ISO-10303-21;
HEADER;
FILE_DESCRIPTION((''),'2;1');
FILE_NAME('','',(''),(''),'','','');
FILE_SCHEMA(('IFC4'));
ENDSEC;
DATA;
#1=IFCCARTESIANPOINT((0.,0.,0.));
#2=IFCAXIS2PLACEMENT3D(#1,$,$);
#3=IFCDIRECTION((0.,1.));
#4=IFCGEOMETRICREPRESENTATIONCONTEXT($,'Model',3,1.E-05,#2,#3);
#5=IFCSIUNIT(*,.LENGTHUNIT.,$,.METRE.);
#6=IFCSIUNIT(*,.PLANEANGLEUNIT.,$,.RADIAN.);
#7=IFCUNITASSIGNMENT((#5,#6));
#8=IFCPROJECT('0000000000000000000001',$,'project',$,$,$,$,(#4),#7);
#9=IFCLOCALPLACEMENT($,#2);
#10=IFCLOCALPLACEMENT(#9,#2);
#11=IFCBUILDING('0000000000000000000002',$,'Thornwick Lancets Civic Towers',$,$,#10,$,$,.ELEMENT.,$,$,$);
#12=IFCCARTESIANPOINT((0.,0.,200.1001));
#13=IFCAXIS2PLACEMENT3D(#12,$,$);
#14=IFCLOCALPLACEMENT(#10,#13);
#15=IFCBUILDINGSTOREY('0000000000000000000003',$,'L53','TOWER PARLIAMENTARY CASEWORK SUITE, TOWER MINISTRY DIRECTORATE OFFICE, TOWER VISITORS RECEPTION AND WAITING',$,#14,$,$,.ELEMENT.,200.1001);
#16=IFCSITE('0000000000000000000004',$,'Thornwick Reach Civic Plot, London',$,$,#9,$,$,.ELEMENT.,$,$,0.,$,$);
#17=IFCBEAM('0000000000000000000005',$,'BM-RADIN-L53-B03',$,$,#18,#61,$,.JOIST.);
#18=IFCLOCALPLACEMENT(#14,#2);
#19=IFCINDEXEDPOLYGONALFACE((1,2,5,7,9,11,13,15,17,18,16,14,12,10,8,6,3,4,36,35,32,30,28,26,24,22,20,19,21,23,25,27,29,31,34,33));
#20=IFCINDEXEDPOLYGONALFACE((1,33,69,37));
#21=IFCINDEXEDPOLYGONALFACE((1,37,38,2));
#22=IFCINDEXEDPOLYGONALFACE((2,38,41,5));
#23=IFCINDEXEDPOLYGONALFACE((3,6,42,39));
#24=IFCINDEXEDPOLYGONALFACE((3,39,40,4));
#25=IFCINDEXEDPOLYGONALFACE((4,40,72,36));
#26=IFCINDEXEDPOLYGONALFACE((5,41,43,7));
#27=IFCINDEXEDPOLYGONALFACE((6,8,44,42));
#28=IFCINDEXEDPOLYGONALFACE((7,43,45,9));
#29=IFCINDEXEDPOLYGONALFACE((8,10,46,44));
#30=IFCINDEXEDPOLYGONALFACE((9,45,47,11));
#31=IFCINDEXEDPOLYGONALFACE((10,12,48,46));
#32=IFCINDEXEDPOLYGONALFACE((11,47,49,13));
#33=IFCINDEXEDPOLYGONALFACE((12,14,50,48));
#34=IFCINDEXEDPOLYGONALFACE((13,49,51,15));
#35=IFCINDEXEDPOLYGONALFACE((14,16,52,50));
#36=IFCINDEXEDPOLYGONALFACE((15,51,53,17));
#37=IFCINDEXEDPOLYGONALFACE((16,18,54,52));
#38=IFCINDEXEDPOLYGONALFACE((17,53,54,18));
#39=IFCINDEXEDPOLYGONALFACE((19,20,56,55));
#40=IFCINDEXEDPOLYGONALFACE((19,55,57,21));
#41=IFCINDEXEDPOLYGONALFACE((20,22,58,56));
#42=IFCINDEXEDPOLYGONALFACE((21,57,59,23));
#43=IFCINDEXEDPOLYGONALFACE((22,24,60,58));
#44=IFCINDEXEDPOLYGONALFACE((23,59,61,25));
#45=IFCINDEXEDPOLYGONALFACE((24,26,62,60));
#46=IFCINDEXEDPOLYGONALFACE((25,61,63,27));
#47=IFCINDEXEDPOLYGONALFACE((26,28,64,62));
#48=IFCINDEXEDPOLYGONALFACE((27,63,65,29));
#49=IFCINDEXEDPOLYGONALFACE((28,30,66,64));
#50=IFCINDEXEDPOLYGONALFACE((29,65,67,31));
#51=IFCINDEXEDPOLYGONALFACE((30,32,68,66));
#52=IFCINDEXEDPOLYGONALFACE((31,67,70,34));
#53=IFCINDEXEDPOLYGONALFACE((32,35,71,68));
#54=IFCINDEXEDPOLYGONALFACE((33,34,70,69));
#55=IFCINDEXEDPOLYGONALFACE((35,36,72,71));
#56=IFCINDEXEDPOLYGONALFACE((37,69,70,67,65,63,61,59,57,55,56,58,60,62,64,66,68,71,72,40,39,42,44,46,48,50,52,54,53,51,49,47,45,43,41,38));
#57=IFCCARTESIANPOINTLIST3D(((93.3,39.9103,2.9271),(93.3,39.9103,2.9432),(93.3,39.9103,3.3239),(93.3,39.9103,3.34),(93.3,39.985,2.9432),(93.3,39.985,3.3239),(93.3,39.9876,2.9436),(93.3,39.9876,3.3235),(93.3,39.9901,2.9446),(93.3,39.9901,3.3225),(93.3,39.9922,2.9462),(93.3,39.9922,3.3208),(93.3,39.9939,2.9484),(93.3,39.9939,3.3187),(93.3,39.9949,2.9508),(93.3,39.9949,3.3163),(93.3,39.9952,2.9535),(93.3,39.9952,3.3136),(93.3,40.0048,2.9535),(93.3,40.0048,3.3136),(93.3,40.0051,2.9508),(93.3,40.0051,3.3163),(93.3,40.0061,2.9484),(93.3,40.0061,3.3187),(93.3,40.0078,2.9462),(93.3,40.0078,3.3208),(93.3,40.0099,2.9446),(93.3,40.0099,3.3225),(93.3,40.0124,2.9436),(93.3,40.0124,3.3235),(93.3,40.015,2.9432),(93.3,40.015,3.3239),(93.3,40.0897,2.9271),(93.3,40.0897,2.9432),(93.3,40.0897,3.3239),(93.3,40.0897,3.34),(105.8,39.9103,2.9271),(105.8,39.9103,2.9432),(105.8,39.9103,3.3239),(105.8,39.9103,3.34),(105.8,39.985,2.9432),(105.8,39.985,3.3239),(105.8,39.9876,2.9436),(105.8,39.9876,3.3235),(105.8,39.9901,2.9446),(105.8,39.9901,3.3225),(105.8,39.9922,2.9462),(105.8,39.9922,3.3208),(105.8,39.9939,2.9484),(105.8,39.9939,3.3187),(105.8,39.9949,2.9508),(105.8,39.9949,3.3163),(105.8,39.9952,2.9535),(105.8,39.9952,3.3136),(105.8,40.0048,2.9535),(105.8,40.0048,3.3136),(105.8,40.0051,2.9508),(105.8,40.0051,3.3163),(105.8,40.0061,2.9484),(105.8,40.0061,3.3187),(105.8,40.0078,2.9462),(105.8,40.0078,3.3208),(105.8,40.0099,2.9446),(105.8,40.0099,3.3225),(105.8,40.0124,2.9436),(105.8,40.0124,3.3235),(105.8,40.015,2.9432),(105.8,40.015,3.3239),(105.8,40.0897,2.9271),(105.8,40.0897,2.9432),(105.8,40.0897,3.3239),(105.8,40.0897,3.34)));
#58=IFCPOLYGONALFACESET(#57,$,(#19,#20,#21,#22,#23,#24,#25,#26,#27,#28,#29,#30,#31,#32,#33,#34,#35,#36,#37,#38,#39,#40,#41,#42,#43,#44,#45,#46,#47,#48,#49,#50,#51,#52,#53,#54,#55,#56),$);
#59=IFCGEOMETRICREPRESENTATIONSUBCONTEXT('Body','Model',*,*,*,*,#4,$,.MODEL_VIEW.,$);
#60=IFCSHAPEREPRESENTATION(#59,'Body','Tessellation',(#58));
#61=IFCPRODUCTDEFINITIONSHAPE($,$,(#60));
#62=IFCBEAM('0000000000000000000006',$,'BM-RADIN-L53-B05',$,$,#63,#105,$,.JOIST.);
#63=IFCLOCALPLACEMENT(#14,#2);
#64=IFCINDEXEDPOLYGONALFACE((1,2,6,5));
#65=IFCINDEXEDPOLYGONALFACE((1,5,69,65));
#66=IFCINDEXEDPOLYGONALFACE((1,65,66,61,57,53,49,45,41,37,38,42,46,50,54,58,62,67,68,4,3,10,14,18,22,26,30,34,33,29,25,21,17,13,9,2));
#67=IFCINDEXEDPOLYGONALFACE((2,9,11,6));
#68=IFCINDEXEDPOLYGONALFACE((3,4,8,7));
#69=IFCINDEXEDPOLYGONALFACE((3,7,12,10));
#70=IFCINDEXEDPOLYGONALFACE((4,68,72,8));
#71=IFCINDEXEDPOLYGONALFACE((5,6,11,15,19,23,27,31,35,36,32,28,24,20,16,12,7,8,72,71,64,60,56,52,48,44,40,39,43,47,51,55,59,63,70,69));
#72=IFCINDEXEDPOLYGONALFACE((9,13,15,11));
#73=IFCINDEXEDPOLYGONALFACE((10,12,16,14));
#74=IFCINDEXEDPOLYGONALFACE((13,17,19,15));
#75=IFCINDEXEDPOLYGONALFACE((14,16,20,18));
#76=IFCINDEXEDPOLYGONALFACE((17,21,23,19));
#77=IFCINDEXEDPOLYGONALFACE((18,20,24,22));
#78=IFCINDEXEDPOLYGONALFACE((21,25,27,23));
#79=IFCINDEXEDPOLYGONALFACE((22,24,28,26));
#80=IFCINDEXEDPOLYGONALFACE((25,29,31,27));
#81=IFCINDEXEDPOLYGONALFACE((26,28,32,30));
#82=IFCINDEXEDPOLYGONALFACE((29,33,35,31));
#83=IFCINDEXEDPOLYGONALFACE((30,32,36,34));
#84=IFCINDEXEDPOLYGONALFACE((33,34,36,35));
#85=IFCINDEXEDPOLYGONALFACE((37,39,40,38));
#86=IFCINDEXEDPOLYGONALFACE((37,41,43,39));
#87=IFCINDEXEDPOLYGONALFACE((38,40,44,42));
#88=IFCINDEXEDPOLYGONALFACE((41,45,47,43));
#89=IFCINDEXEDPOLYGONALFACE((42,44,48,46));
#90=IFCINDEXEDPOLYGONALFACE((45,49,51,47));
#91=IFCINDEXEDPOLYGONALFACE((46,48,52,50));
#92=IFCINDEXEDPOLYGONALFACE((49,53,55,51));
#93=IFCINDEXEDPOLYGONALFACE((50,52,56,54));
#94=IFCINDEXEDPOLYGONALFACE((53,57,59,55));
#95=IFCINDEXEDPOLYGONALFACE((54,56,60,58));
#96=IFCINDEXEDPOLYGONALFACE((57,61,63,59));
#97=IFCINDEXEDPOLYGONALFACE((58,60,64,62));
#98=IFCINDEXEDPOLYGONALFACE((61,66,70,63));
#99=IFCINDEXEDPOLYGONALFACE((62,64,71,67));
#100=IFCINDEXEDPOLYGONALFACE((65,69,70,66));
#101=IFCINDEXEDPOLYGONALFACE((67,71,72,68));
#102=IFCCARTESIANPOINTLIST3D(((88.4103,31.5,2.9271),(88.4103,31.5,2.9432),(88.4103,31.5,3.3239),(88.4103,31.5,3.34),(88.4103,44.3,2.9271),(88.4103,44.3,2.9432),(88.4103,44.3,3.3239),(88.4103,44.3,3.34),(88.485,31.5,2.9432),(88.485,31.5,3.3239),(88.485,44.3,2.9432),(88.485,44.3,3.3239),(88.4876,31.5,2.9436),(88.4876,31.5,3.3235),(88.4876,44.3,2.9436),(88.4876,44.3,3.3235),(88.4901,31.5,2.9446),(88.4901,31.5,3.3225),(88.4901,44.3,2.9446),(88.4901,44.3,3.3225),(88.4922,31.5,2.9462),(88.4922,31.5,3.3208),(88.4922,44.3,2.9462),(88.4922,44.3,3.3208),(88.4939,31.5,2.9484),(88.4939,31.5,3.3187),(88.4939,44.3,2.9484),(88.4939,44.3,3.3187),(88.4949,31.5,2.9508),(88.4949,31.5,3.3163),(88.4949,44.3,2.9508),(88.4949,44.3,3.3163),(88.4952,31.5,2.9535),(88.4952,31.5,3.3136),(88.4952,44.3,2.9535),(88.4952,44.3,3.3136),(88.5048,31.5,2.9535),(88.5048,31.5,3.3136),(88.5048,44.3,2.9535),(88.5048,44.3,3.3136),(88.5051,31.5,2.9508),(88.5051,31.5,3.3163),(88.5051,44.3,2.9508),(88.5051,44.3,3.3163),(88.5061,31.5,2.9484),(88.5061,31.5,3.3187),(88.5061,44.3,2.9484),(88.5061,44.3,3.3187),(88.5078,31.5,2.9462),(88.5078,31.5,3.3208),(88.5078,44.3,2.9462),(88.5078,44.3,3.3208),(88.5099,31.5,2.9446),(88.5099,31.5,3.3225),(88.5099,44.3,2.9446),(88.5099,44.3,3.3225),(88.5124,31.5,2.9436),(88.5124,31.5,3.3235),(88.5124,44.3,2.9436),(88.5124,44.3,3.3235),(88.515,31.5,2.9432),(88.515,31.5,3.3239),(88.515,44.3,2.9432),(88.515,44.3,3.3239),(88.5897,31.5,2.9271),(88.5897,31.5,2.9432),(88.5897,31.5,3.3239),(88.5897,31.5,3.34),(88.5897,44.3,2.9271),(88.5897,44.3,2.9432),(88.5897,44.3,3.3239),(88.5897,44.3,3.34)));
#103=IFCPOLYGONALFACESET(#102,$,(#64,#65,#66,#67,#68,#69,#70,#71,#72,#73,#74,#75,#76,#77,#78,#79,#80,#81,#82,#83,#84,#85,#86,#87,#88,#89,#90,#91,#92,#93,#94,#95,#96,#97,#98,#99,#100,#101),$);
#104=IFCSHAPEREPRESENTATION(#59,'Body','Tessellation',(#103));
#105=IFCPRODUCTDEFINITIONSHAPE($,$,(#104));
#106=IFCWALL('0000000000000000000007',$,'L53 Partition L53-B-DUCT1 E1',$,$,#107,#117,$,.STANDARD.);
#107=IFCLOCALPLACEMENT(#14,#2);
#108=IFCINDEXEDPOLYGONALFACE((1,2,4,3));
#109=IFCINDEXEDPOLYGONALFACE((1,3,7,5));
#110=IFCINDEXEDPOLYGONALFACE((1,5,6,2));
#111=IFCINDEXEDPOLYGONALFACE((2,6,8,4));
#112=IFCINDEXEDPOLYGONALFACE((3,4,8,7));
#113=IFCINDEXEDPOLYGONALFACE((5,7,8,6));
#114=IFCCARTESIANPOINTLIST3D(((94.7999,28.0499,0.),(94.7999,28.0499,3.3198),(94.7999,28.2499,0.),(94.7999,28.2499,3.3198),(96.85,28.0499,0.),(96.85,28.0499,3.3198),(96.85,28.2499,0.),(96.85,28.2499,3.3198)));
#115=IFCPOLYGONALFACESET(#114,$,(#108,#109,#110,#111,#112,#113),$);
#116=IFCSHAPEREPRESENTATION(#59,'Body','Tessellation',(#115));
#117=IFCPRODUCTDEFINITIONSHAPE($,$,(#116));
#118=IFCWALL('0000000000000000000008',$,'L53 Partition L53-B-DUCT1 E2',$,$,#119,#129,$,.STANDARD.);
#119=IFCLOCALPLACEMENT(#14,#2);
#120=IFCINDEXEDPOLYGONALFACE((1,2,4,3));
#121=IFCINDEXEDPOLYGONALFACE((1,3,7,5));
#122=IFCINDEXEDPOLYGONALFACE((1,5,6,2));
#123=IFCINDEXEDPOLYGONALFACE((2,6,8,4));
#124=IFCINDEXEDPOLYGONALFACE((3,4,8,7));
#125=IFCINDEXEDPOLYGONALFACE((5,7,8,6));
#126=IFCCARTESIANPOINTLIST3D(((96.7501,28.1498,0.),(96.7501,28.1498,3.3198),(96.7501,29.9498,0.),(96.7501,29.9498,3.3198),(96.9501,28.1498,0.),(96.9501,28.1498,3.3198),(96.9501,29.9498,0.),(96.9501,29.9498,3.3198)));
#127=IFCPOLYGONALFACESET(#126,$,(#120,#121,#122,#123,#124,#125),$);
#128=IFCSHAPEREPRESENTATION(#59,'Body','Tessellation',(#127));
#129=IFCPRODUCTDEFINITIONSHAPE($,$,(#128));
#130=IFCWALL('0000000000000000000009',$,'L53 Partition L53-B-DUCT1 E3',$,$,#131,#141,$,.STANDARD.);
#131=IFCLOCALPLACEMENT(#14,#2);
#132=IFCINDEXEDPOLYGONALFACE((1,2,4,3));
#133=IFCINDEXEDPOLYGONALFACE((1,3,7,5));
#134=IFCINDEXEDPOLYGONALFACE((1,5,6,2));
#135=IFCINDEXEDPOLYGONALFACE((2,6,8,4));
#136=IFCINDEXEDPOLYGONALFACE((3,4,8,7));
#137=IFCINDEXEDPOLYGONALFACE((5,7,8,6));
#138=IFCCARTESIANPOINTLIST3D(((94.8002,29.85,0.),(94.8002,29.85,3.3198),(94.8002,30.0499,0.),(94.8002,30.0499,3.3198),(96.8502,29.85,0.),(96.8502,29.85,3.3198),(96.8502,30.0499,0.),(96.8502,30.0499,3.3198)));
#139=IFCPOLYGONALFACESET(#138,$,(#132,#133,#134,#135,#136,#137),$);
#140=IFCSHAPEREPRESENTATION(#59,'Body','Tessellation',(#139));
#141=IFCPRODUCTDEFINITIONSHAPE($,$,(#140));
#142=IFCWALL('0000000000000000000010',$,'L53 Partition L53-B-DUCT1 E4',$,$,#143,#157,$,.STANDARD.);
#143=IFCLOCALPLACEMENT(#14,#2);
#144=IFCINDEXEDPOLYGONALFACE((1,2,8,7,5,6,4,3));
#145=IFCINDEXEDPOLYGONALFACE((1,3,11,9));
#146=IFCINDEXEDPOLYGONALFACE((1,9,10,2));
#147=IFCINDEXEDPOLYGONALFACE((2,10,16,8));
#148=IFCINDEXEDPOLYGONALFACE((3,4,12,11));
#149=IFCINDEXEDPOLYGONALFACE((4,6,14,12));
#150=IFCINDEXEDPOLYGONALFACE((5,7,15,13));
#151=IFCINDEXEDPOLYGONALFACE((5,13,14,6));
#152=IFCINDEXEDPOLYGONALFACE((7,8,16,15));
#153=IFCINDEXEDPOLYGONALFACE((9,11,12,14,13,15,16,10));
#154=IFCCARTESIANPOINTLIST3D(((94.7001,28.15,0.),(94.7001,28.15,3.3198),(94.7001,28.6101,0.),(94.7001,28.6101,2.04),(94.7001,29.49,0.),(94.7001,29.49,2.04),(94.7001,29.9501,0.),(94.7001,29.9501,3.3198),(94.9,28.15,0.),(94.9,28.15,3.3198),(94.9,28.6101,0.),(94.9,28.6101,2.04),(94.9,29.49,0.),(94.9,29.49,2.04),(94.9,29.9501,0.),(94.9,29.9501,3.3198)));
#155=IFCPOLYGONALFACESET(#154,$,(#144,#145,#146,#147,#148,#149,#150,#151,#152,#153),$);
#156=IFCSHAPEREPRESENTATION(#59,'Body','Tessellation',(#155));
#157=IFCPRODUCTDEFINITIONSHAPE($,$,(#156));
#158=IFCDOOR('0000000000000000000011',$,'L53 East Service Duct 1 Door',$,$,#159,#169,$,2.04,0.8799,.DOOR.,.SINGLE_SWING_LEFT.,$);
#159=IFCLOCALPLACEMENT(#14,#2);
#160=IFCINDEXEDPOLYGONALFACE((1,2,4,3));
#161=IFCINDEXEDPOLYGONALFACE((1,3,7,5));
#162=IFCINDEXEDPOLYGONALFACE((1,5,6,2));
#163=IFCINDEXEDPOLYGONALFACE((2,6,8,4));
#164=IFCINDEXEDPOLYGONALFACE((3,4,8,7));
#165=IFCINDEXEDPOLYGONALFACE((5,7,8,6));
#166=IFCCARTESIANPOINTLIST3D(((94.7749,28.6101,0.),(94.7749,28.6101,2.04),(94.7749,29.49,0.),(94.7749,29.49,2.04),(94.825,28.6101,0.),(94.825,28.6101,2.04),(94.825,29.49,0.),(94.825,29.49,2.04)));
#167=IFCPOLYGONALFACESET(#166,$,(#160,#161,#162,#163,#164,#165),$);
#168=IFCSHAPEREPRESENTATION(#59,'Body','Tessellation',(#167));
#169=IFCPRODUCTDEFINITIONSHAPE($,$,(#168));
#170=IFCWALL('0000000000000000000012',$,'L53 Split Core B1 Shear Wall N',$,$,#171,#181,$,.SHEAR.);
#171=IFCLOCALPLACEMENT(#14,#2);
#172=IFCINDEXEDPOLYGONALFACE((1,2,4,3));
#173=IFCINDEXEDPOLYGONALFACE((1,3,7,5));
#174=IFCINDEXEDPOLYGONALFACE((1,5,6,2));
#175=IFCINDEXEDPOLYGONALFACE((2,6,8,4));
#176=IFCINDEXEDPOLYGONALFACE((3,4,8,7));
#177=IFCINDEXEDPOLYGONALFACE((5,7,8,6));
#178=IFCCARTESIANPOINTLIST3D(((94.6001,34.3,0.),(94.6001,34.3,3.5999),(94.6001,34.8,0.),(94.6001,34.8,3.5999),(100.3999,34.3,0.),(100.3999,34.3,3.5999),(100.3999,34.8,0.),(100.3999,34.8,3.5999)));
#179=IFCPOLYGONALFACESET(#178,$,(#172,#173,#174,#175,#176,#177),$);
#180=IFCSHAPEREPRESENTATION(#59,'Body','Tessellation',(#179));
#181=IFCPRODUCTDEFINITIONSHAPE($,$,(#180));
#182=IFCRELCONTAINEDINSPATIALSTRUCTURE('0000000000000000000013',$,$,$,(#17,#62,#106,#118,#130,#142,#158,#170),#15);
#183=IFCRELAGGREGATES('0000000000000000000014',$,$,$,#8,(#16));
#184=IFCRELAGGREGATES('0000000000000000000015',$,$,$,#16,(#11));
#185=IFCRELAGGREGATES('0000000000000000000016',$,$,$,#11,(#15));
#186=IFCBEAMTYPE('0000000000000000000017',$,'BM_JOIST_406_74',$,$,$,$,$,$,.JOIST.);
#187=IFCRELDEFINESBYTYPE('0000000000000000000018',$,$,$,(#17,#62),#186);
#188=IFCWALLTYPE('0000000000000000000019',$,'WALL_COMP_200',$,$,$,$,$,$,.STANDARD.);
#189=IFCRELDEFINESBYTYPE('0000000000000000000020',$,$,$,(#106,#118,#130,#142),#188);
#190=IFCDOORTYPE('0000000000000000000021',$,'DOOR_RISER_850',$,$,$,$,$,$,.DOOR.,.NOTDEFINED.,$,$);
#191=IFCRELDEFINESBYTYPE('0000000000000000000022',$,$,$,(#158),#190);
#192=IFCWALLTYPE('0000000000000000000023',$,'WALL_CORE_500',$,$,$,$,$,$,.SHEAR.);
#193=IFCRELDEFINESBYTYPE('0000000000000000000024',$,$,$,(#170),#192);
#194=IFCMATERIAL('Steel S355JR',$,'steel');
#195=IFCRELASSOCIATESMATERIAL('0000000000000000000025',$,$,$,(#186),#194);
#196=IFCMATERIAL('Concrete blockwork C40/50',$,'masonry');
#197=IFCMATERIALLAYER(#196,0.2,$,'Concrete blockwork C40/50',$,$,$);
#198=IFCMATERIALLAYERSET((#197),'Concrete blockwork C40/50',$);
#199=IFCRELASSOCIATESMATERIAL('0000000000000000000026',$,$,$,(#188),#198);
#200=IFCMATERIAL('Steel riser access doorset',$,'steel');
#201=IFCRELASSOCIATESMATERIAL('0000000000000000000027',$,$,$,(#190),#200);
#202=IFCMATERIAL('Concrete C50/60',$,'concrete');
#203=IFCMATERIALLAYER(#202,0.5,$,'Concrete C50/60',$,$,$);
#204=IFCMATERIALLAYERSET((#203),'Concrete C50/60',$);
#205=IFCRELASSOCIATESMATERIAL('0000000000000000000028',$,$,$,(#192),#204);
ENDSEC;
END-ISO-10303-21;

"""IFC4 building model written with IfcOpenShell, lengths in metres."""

from ifc_helpers import new_model, si_unit, direction, frame, frame_2d, origin, origin_2d, place, context, subcontext, project, spatial, rectangle, i_section, extrude, material, layer, layer_set, material_profile, profile_set, type_object, element, fill, save


model = new_model("IFC4")

# Units and contexts
model_context = context("Model", 3, precision=1e-05, world=origin(), true_north=direction((0.0, 1.0)))
body_context = subcontext(model_context, "Body", "Model", "MODEL_VIEW")
ifc_project = project(units=[si_unit("LENGTHUNIT", "METRE"), si_unit("PLANEANGLEUNIT", "RADIAN")], contexts=[model_context])

# Site, building, storey
site_placement = place(None, origin())
site = spatial("IfcSite", under=ifc_project, at=site_placement, Name="Thornwick Reach Civic Plot, London", CompositionType="ELEMENT", RefElevation=0.0)
building_placement = place(site_placement, origin())
building = spatial("IfcBuilding", under=site, at=building_placement, Name="Thornwick Lancets Civic Towers", CompositionType="ELEMENT")
storey_placement = place(building_placement, frame((0.0, 0.0, 200.1001)))
storey = spatial("IfcBuildingStorey", under=building, at=storey_placement, Name="L53", Description="TOWER PARLIAMENTARY CASEWORK SUITE, TOWER MINISTRY DIRECTORATE OFFICE, TOWER VISITORS RECEPTION AND WAITING", CompositionType="ELEMENT", Elevation=200.1001)

# Shared definitions
ifc_material_1 = material(Name="Concrete C50/60", Category="concrete")

# Beams
ifc_material_2 = material(Name="Steel S355JR", Category="steel")
ifc_material_profile_1 = material_profile(ifc_material_2, i_section(OverallWidth=0.1794, OverallDepth=0.4128, WebThickness=0.0095, FlangeThickness=0.0161, FilletRadius=0.0103, at=origin_2d()), Name="UKB 406x178x74")
ifc_profile_set_1 = profile_set([ifc_material_profile_1], Name="Steel S355JR")
beam_type_1 = type_object("IfcBeamType", Name="BM_JOIST_406_74", PredefinedType="JOIST", material=ifc_profile_set_1)
beam_1_placement = place(storey_placement, frame((93.3, 40.0, 3.1335), z_axis=(1.0, 0.0, 0.0), x_axis=(0.0, 1.0, 0.0)))
element("IfcBeam", 1, at=beam_1_placement, inside=storey, type_object=beam_type_1, Name="BM-RADIN-L53-B03", PredefinedType="JOIST", context=body_context, shape_type="SweptSolid", body=[
    extrude(i_section(OverallWidth=0.1794, OverallDepth=0.4128, WebThickness=0.0095, FlangeThickness=0.0161, FilletRadius=0.0103, at=origin_2d()), origin(), (0.0, 0.0, 1.0), 12.5),
])
beam_2_placement = place(storey_placement, frame((88.5, 31.5, 3.1335), z_axis=(0.0, 1.0, 0.0), x_axis=(-1.0, 0.0, 0.0)))
element("IfcBeam", 2, at=beam_2_placement, inside=storey, type_object=beam_type_1, Name="BM-RADIN-L53-B05", PredefinedType="JOIST", context=body_context, shape_type="SweptSolid", body=[
    extrude(i_section(OverallWidth=0.1794, OverallDepth=0.4128, WebThickness=0.0095, FlangeThickness=0.0161, FilletRadius=0.0103, at=origin_2d()), origin(), (0.0, 0.0, 1.0), 12.8),
])

# Walls
ifc_material_3 = material(Name="Concrete blockwork C40/50", Category="masonry")
ifc_layer_1 = layer(ifc_material_3, 0.2, Name="Concrete blockwork C40/50")
ifc_layer_set_1 = layer_set([ifc_layer_1], Name="Concrete blockwork C40/50")
wall_type_1 = type_object("IfcWallType", Name="WALL_COMP_200", PredefinedType="STANDARD", material=ifc_layer_set_1)
wall_1_placement = place(storey_placement, frame((94.8, 28.1499, 0.0), z_axis=(0.0, 0.0, 1.0), x_axis=(1.0, 0.0, 0.0)))
element("IfcWall", 3, at=wall_1_placement, inside=storey, type_object=wall_type_1, Name="L53 Partition L53-B-DUCT1 E1", PredefinedType="STANDARD", context=body_context, shape_type="SweptSolid", body=[
    extrude(rectangle(XDim=2.05, YDim=0.2, at=frame_2d((1.0249, 0.0))), origin(), (0.0, 0.0, 1.0), 3.3198),
])
wall_2_placement = place(storey_placement, frame((96.8501, 28.1499, 0.0), z_axis=(0.0, 0.0, 1.0), x_axis=(0.0, 1.0, 0.0)))
element("IfcWall", 4, at=wall_2_placement, inside=storey, type_object=wall_type_1, Name="L53 Partition L53-B-DUCT1 E2", PredefinedType="STANDARD", context=body_context, shape_type="SweptSolid", body=[
    extrude(rectangle(XDim=1.8, YDim=0.2, at=frame_2d((0.8999, 0.0))), origin(), (0.0, 0.0, 1.0), 3.3198),
])
wall_3_placement = place(storey_placement, frame((96.8501, 29.95, 0.0), z_axis=(0.0, 0.0, 1.0), x_axis=(-1.0, 0.0, 0.0)))
element("IfcWall", 5, at=wall_3_placement, inside=storey, type_object=wall_type_1, Name="L53 Partition L53-B-DUCT1 E3", PredefinedType="STANDARD", context=body_context, shape_type="SweptSolid", body=[
    extrude(rectangle(XDim=2.05, YDim=0.2, at=frame_2d((1.0249, 0.0))), origin(), (0.0, 0.0, 1.0), 3.3198),
])

# Wall, opening, door
wall_4_placement = place(storey_placement, frame((94.8, 29.95, 0.0), z_axis=(0.0, 0.0, 1.0), x_axis=(0.0, -1.0, 0.0)))
wall_4 = element("IfcWall", 6, at=wall_4_placement, inside=storey, type_object=wall_type_1, Name="L53 Partition L53-B-DUCT1 E4", PredefinedType="STANDARD", context=body_context, shape_type="SweptSolid", body=[
    extrude(rectangle(XDim=1.8, YDim=0.2, at=frame_2d((0.8999, 0.0))), origin(), (0.0, 0.0, 1.0), 3.3198),
])
opening_1_placement = place(wall_4_placement, frame((0.46, 0.0, 0.0)))
opening_1 = element("IfcOpeningElement", 7, at=opening_1_placement, cuts=wall_4, PredefinedType="OPENING", context=body_context, shape_type="SweptSolid", body=[
    extrude(rectangle(XDim=0.8799, YDim=2.04, at=frame_2d((0.4399, 1.02))), frame((0.0, 0.1099, 0.0), z_axis=(0.0, -1.0, 0.0), x_axis=(1.0, 0.0, 0.0)), (0.0, 0.0, 1.0), 0.22),
])
ifc_material_4 = material(Name="Steel riser access doorset", Category="steel")
door_type_1 = type_object("IfcDoorType", Name="DOOR_RISER_850", OperationType="NOTDEFINED", PredefinedType="DOOR", material=ifc_material_4)
door_1_placement = place(opening_1_placement, origin())
door_1 = element("IfcDoor", 8, at=door_1_placement, inside=storey, type_object=door_type_1, Name="L53 East Service Duct 1 Door", OperationType="SINGLE_SWING_LEFT", OverallHeight=2.04, OverallWidth=0.8799, PredefinedType="DOOR", context=body_context, shape_type="SweptSolid", body=[
    extrude(rectangle(XDim=0.8799, YDim=2.04, at=frame_2d((0.4399, 1.02))), frame((0.0, 0.0249, 0.0), z_axis=(0.0, -1.0, 0.0), x_axis=(1.0, 0.0, 0.0)), (0.0, 0.0, 1.0), 0.05),
])
fill(opening_1, door_1)

# Wall
ifc_layer_2 = layer(ifc_material_1, 0.5, Name="Concrete C50/60")
ifc_layer_set_2 = layer_set([ifc_layer_2], Name="Concrete C50/60")
wall_type_2 = type_object("IfcWallType", Name="WALL_CORE_500", PredefinedType="SHEAR", material=ifc_layer_set_2)
wall_5_placement = place(storey_placement, frame((94.6001, 34.55, 0.0), z_axis=(0.0, 0.0, 1.0), x_axis=(1.0, 0.0, 0.0)))
element("IfcWall", 9, at=wall_5_placement, inside=storey, type_object=wall_type_2, Name="L53 Split Core B1 Shear Wall N", PredefinedType="SHEAR", context=body_context, shape_type="SweptSolid", body=[
    extrude(rectangle(XDim=5.7998, YDim=0.5, at=frame_2d((2.8999, 0.0))), origin(), (0.0, 0.0, 1.0), 3.5999),
])

save(model, "model.ifc")
